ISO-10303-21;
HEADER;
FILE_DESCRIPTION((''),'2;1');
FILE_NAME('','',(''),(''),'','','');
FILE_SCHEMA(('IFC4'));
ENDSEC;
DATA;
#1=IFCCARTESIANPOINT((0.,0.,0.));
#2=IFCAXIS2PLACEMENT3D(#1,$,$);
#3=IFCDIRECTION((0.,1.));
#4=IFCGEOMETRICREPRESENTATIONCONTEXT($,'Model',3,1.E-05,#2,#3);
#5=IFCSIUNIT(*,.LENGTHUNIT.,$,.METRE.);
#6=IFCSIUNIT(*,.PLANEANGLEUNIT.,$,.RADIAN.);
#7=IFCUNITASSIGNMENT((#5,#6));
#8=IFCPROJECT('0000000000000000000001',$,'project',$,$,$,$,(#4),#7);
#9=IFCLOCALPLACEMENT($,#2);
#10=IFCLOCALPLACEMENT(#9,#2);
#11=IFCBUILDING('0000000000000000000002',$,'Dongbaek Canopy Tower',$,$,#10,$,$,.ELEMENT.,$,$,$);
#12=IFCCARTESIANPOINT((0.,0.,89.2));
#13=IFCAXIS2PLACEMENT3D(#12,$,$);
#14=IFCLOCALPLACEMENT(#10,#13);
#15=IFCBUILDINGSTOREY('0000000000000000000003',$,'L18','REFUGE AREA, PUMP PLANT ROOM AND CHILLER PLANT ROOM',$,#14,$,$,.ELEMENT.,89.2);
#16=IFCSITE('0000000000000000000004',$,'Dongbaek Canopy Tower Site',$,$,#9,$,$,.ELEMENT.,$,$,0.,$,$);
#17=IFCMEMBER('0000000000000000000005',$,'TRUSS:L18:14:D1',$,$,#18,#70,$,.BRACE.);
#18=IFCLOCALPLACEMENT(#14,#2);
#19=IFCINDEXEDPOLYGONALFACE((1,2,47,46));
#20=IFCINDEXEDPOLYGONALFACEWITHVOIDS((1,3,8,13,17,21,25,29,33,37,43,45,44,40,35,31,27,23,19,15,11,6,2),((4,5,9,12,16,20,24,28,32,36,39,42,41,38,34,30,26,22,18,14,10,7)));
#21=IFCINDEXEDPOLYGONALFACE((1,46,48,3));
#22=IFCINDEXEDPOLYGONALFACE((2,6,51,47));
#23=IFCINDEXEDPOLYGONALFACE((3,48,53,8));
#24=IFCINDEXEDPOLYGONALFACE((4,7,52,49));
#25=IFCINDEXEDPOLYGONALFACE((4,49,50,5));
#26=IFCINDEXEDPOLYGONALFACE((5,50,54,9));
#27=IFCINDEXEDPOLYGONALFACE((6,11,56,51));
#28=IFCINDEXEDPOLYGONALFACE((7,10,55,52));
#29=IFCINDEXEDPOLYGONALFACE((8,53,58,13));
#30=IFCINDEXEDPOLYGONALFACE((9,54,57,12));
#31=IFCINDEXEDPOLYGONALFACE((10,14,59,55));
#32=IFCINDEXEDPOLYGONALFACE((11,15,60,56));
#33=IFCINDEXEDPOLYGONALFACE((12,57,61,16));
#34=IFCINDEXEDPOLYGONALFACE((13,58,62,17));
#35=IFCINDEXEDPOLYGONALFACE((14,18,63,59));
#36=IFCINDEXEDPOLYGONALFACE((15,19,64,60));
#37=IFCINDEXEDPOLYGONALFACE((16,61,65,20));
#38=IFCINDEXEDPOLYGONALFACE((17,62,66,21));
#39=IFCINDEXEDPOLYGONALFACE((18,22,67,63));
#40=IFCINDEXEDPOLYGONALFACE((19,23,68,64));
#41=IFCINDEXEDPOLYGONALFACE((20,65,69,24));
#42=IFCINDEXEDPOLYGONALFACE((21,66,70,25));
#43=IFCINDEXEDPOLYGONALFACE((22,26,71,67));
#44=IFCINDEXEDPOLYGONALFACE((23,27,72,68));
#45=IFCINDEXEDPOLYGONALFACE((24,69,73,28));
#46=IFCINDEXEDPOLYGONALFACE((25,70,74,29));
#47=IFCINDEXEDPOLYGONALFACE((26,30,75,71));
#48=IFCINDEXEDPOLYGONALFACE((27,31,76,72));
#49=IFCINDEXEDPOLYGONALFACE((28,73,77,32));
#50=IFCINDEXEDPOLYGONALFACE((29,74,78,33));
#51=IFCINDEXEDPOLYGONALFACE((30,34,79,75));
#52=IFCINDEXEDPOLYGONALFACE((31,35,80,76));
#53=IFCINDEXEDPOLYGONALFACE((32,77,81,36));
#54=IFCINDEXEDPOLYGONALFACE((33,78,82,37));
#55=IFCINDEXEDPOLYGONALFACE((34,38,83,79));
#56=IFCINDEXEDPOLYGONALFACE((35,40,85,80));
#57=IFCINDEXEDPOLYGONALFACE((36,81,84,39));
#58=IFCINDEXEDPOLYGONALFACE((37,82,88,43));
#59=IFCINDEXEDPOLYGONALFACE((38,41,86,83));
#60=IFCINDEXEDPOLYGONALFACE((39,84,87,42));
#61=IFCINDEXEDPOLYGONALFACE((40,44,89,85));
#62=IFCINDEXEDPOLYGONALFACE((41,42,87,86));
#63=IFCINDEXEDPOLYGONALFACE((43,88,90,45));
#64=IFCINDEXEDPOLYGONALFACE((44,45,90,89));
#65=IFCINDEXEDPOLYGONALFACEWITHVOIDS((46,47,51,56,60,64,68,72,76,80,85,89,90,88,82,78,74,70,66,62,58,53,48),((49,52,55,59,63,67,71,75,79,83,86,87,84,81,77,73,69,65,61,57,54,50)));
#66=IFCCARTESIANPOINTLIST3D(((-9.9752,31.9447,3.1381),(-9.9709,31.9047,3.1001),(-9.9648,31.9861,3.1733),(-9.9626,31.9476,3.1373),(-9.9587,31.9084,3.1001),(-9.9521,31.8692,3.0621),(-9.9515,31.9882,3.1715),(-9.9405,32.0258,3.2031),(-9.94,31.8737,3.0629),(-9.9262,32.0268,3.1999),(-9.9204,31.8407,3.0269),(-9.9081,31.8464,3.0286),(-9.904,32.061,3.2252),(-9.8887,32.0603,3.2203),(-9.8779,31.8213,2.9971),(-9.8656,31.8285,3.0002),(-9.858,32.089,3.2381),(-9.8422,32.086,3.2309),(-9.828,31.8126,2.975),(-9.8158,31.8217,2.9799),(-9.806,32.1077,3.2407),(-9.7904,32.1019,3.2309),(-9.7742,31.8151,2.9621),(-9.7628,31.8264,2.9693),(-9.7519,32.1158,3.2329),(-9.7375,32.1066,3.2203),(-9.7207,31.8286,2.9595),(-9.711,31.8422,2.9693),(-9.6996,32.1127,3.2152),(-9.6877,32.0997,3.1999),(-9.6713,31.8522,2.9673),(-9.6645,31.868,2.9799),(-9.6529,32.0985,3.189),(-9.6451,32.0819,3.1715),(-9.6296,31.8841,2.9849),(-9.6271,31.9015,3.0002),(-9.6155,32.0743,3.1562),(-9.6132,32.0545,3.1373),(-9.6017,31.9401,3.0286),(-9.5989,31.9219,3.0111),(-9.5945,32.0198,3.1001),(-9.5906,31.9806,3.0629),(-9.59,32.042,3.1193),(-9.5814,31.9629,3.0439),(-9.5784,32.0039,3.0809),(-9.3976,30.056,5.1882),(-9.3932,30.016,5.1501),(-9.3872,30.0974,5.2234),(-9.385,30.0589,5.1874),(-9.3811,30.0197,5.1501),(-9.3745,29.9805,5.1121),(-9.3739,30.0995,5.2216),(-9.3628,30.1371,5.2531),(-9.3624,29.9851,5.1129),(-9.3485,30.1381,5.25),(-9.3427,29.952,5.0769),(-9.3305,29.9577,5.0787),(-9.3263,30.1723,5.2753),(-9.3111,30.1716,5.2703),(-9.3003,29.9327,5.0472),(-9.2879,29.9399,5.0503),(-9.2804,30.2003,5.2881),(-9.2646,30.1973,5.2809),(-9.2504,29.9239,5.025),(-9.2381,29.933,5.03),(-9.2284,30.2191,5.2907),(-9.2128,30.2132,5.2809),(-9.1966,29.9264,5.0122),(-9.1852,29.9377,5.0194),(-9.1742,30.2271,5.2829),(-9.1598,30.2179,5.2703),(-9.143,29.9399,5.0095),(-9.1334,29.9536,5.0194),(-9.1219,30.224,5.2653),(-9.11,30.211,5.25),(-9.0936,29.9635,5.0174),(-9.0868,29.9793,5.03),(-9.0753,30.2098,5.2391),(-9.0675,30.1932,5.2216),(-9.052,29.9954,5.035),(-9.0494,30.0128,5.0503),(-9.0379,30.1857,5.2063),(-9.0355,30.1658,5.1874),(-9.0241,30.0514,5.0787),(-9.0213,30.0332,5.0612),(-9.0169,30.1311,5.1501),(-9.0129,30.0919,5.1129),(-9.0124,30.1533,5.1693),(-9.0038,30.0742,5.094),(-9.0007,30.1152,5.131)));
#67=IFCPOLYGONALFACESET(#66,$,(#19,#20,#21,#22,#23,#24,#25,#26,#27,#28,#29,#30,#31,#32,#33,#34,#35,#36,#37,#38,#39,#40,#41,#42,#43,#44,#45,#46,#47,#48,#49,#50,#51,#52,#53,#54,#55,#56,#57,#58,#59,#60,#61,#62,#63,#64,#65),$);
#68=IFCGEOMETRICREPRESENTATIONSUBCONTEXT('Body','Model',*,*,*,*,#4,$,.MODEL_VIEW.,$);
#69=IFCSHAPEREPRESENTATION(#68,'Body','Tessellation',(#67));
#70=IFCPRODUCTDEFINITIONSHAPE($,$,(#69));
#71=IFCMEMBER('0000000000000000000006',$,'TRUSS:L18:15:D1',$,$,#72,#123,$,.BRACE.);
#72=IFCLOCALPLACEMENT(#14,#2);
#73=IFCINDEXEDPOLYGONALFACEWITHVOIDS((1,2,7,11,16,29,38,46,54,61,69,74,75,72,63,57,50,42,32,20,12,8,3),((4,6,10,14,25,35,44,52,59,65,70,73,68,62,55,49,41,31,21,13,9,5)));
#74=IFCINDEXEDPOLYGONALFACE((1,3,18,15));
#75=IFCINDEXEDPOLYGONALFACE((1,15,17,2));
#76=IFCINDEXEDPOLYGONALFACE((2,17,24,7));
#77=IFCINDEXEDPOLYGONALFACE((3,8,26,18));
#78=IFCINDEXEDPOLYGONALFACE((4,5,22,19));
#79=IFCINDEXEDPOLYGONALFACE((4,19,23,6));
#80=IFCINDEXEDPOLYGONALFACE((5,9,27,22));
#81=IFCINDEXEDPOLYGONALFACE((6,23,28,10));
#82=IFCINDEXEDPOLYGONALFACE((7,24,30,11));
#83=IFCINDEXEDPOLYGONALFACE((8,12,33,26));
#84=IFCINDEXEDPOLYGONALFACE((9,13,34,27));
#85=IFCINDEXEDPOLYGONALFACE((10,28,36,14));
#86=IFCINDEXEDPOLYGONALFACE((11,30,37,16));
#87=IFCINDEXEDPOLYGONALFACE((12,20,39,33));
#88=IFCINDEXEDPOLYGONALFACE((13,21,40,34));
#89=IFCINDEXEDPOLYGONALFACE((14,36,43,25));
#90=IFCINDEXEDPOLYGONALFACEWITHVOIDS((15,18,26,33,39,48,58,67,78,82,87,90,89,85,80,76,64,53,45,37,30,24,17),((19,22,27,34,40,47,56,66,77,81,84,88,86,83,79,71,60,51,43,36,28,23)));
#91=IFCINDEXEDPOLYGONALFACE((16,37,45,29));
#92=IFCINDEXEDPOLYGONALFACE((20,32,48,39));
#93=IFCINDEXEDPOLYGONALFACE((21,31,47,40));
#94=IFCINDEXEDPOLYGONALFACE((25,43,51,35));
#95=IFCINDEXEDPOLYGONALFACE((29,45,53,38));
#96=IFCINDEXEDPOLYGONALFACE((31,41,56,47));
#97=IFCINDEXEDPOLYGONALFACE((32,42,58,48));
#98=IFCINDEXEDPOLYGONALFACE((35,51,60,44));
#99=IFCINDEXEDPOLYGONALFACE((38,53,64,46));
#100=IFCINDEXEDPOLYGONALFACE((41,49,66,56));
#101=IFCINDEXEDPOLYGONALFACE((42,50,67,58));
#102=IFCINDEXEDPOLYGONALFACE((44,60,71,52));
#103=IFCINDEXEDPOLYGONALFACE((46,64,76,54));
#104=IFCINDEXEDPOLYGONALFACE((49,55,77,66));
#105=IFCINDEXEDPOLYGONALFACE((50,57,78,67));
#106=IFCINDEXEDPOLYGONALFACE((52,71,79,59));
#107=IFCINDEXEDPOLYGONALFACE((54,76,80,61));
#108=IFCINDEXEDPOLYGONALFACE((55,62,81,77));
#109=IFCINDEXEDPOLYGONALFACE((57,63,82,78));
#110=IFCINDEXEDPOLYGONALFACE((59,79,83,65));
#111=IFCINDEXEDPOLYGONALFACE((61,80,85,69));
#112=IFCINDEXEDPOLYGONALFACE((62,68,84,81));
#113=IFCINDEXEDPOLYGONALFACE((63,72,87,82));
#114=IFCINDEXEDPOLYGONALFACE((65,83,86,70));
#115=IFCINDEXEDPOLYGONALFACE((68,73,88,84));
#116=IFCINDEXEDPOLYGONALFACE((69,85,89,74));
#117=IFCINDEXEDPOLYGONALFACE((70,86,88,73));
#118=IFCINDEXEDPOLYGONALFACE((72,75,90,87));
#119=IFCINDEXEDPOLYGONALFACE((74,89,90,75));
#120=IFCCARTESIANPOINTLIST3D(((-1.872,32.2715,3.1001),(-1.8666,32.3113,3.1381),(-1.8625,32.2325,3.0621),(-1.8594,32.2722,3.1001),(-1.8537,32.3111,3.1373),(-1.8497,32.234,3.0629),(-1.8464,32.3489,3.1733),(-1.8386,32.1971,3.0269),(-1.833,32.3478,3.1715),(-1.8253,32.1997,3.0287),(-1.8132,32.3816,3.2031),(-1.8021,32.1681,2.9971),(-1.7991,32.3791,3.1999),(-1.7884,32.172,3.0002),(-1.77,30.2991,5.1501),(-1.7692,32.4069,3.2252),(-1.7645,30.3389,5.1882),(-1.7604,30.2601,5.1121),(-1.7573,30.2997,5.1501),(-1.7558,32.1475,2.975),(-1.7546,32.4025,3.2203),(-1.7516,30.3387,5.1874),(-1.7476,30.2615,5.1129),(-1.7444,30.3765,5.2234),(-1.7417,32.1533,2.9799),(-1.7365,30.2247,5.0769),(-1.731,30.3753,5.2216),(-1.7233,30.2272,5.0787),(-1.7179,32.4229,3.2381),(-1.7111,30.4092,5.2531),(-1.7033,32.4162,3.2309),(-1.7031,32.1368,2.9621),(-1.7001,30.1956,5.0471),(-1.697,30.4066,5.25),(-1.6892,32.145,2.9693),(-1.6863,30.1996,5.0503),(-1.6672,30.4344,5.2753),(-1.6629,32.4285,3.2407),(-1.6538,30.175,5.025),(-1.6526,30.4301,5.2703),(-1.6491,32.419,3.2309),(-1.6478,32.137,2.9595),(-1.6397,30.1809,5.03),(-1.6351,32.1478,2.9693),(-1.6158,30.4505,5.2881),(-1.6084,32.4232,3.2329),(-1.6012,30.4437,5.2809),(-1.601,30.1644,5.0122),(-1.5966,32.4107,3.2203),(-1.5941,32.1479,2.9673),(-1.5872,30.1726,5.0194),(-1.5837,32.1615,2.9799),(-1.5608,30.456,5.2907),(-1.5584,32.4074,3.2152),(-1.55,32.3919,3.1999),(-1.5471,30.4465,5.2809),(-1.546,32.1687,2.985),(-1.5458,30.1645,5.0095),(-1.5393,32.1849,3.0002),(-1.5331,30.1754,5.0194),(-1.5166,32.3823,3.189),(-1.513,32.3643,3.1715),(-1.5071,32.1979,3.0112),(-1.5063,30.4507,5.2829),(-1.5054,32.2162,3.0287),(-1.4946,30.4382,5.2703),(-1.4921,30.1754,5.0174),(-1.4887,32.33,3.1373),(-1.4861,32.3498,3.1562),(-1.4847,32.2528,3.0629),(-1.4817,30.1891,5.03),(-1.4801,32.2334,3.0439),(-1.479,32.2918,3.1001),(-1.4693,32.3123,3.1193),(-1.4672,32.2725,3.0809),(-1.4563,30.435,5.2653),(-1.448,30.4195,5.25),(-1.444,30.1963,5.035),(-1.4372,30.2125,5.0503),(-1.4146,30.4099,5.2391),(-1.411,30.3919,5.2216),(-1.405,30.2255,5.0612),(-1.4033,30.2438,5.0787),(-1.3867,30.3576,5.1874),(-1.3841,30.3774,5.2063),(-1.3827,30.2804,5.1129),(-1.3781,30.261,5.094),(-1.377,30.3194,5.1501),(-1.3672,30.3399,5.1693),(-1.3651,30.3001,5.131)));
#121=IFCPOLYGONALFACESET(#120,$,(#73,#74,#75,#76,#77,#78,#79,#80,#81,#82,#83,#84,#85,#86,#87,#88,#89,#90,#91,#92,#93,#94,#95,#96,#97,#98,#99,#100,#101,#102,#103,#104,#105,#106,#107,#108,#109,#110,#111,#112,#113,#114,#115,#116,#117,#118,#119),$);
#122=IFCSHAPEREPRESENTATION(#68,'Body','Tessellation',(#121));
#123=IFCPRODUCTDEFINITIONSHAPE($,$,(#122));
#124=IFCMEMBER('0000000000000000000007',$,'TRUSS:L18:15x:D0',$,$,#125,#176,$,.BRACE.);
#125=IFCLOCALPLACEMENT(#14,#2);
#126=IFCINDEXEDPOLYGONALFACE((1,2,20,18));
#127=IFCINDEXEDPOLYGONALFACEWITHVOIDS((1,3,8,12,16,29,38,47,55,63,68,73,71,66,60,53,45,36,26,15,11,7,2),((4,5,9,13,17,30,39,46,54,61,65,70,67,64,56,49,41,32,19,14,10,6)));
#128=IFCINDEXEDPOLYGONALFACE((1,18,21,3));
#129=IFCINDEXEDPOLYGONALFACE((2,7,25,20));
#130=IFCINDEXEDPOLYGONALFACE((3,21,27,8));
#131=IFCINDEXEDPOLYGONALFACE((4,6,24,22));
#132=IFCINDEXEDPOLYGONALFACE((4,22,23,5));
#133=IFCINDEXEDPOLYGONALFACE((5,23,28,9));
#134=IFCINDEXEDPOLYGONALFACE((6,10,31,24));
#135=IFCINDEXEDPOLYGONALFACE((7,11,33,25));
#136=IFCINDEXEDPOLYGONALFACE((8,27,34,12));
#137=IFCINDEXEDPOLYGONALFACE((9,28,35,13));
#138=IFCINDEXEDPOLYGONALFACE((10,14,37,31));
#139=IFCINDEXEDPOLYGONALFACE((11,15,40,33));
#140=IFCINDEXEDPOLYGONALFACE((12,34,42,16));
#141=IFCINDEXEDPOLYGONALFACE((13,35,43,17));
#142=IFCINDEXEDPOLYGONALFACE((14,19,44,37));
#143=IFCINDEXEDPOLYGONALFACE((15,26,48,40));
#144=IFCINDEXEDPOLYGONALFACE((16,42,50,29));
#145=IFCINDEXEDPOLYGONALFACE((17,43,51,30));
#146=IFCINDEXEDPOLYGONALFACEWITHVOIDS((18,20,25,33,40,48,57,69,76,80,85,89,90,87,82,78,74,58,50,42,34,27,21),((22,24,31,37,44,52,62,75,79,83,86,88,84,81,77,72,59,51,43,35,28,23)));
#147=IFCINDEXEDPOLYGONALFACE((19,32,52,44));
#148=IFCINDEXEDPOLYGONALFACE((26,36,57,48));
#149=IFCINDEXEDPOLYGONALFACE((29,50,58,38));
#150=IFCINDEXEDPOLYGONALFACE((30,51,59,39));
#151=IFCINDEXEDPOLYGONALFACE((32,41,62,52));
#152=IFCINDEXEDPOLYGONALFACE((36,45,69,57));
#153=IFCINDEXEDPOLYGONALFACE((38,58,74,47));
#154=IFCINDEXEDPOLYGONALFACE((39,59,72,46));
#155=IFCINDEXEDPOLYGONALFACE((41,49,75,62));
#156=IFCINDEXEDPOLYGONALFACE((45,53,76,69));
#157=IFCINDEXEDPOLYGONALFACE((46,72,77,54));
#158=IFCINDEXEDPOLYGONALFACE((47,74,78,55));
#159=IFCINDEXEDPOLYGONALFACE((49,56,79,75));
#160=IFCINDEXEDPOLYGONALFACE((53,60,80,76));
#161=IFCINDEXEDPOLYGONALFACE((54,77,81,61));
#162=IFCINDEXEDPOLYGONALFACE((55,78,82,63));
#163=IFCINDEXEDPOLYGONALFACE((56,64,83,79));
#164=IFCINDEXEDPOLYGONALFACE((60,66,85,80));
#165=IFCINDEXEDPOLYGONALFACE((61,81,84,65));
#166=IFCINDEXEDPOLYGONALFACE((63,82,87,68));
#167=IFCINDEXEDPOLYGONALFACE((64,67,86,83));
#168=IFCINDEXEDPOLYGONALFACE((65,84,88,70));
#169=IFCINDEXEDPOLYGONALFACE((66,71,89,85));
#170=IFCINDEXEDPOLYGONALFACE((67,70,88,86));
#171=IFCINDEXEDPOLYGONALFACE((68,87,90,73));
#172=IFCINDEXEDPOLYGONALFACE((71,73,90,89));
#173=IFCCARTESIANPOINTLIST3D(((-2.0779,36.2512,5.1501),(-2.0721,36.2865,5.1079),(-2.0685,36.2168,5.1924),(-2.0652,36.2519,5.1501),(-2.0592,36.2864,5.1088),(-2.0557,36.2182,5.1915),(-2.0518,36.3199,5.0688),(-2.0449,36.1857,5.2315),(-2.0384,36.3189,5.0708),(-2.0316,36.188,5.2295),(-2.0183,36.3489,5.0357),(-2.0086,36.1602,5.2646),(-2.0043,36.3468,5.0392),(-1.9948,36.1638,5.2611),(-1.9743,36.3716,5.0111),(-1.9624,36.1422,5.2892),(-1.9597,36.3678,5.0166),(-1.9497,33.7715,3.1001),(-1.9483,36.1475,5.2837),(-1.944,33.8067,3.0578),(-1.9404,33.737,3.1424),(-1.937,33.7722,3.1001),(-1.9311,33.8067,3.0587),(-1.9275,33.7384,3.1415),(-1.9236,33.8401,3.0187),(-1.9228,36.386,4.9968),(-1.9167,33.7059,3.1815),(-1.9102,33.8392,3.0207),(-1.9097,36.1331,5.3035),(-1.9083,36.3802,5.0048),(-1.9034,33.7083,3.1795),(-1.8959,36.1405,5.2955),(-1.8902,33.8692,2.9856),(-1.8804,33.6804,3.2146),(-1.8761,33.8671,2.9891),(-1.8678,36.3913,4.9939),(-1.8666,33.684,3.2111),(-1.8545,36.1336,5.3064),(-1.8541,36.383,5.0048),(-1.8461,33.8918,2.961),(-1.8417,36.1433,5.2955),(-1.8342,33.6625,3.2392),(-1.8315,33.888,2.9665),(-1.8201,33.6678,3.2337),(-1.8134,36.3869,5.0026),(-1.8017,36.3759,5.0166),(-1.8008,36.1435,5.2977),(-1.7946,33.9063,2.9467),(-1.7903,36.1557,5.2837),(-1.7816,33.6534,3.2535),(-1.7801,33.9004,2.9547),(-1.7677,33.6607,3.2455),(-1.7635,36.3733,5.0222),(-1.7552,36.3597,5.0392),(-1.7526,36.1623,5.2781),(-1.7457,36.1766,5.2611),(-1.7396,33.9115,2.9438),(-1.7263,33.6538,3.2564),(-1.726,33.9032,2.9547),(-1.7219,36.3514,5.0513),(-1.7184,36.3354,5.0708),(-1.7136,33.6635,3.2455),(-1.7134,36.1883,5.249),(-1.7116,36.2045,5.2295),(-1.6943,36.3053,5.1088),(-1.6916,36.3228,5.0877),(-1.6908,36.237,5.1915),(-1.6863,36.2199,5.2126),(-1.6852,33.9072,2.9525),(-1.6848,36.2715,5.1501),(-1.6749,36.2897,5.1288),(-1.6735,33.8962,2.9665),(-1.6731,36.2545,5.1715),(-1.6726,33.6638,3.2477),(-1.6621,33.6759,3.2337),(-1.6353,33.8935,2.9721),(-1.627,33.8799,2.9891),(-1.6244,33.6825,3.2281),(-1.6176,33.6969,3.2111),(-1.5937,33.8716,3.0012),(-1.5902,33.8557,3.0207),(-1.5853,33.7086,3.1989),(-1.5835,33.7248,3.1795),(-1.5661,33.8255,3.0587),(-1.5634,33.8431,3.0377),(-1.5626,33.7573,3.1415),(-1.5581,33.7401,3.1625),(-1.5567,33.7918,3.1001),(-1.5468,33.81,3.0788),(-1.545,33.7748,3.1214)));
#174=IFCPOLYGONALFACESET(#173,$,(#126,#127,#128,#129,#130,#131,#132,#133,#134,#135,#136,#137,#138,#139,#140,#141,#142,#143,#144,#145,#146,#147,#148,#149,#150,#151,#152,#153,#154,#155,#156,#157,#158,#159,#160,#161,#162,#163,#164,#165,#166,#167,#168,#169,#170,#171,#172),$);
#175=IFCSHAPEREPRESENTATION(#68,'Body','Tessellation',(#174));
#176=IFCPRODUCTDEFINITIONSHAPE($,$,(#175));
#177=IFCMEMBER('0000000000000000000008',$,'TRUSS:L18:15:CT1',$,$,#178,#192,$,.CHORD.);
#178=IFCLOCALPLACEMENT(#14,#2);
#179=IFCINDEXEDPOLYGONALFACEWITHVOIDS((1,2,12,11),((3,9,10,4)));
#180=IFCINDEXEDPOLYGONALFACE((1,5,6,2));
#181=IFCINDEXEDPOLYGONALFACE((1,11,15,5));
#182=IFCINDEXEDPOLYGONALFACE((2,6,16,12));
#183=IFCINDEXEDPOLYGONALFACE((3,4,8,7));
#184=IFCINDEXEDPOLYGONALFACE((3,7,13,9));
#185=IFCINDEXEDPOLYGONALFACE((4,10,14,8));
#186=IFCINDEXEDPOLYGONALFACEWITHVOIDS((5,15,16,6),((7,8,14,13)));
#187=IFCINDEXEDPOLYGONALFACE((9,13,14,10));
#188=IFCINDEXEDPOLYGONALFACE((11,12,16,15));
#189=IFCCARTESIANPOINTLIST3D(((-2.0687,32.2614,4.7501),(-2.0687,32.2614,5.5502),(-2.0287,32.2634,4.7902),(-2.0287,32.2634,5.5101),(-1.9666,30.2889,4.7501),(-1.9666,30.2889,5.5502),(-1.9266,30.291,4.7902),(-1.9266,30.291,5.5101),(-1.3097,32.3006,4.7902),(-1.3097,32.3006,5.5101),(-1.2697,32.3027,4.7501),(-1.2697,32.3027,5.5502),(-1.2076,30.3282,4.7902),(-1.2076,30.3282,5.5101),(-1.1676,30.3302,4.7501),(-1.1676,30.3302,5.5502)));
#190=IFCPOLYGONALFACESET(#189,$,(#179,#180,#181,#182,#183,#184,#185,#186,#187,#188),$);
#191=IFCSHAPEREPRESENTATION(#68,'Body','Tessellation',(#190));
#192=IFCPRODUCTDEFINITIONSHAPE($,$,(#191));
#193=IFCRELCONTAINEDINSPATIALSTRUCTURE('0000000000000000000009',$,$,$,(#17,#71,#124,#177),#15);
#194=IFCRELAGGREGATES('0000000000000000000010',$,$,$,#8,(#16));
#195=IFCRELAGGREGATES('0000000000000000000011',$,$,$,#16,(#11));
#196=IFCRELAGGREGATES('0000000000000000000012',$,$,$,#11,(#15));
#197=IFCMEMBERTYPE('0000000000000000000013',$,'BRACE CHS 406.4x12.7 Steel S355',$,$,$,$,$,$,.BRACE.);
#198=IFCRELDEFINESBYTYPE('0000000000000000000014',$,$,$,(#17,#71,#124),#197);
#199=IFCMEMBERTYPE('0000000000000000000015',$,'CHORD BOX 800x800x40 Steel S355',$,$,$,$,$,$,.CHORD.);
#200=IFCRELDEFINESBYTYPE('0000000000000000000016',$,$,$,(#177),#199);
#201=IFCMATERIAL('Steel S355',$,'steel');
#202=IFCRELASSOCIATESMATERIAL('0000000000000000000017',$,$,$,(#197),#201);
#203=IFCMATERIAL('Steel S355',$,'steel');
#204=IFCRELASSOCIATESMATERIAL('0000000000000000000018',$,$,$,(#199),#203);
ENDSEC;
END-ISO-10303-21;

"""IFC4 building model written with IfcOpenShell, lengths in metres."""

from ifc_helpers import new_model, si_unit, direction, frame, origin, origin_2d, place, context, subcontext, project, spatial, hollow_rectangle, hollow_circle, extrude, material, material_profile, profile_set, type_object, element, save


model = new_model("IFC4")

# Units and contexts
model_context = context("Model", 3, precision=1e-05, world=origin(), true_north=direction((0.0, 1.0)))
body_context = subcontext(model_context, "Body", "Model", "MODEL_VIEW")
ifc_project = project(units=[si_unit("LENGTHUNIT", "METRE"), si_unit("PLANEANGLEUNIT", "RADIAN")], contexts=[model_context])

# Site, building, storey
site_placement = place(None, origin())
site = spatial("IfcSite", under=ifc_project, at=site_placement, Name="Dongbaek Canopy Tower Site", CompositionType="ELEMENT", RefElevation=0.0)
building_placement = place(site_placement, origin())
building = spatial("IfcBuilding", under=site, at=building_placement, Name="Dongbaek Canopy Tower", CompositionType="ELEMENT")
storey_placement = place(building_placement, frame((0.0, 0.0, 89.2)))
storey = spatial("IfcBuildingStorey", under=building, at=storey_placement, Name="L18", Description="REFUGE AREA, PUMP PLANT ROOM AND CHILLER PLANT ROOM", CompositionType="ELEMENT", Elevation=89.2)

# Members
ifc_material_1 = material(Name="Steel S355", Category="steel")
ifc_material_profile_1 = material_profile(ifc_material_1, hollow_circle(Radius=0.2031, WallThickness=0.0127, at=origin_2d()), Name="BRACE CHS 406.4x12.7 Steel S355")
ifc_profile_set_1 = profile_set([ifc_material_profile_1], Name="Steel S355")
member_type_1 = type_object("IfcMemberType", Name="BRACE CHS 406.4x12.7 Steel S355", PredefinedType="BRACE", material=ifc_profile_set_1)
for number, where, z_axis, x_axis, name in (
    (1, (-9.199, 30.0754, 5.1501), (-0.202918, 0.663471, -0.720161), (-0.956275, -0.29247, 0.0), "TRUSS:L18:14:D1"),
    (2, (-1.5671, 30.3096, 5.1501), (-0.035849, 0.692884, -0.720157), (-0.998664, -0.05167, 0.0), "TRUSS:L18:15:D1"),
):
    element("IfcMember", number, at=place(storey_placement, frame(where, z_axis=z_axis, x_axis=x_axis)), inside=storey, type_object=member_type_1, Name=name, PredefinedType="BRACE", context=body_context, shape_type="SweptSolid", body=[
        extrude(hollow_circle(Radius=0.2031, WallThickness=0.0127, at=origin_2d()), origin(), (0.0, 0.0, 1.0), 2.8467),
    ])
member_1_placement = place(storey_placement, frame((-1.7468, 33.782, 3.1001), z_axis=(-0.039806, 0.770111, 0.636667), x_axis=(-0.998667, -0.05162, 0.0)))
element("IfcMember", 3, at=member_1_placement, inside=storey, type_object=member_type_1, Name="TRUSS:L18:15x:D0", PredefinedType="BRACE", context=body_context, shape_type="SweptSolid", body=[
    extrude(hollow_circle(Radius=0.2031, WallThickness=0.0127, at=origin_2d()), origin(), (0.0, 0.0, 1.0), 3.22),
])
ifc_material_2 = material(Name="Steel S355", Category="steel")
ifc_material_profile_2 = material_profile(ifc_material_2, hollow_rectangle(XDim=0.8, YDim=0.8, WallThickness=0.04, at=origin_2d()), Name="CHORD BOX 800x800x40 Steel S355")
ifc_profile_set_2 = profile_set([ifc_material_profile_2], Name="Steel S355")
member_type_2 = type_object("IfcMemberType", Name="CHORD BOX 800x800x40 Steel S355", PredefinedType="CHORD", material=ifc_profile_set_2)
member_2_placement = place(storey_placement, frame((-1.5671, 30.3096, 5.1501), z_axis=(-0.05167, 0.998664, 0.0), x_axis=(-0.998664, -0.05167, 0.0)))
element("IfcMember", 4, at=member_2_placement, inside=storey, type_object=member_type_2, Name="TRUSS:L18:15:CT1", PredefinedType="CHORD", context=body_context, shape_type="SweptSolid", body=[
    extrude(hollow_rectangle(XDim=0.8, YDim=0.8, WallThickness=0.04, at=origin_2d()), origin(), (0.0, 0.0, 1.0), 1.9751),
])

save(model, "model.ifc")
